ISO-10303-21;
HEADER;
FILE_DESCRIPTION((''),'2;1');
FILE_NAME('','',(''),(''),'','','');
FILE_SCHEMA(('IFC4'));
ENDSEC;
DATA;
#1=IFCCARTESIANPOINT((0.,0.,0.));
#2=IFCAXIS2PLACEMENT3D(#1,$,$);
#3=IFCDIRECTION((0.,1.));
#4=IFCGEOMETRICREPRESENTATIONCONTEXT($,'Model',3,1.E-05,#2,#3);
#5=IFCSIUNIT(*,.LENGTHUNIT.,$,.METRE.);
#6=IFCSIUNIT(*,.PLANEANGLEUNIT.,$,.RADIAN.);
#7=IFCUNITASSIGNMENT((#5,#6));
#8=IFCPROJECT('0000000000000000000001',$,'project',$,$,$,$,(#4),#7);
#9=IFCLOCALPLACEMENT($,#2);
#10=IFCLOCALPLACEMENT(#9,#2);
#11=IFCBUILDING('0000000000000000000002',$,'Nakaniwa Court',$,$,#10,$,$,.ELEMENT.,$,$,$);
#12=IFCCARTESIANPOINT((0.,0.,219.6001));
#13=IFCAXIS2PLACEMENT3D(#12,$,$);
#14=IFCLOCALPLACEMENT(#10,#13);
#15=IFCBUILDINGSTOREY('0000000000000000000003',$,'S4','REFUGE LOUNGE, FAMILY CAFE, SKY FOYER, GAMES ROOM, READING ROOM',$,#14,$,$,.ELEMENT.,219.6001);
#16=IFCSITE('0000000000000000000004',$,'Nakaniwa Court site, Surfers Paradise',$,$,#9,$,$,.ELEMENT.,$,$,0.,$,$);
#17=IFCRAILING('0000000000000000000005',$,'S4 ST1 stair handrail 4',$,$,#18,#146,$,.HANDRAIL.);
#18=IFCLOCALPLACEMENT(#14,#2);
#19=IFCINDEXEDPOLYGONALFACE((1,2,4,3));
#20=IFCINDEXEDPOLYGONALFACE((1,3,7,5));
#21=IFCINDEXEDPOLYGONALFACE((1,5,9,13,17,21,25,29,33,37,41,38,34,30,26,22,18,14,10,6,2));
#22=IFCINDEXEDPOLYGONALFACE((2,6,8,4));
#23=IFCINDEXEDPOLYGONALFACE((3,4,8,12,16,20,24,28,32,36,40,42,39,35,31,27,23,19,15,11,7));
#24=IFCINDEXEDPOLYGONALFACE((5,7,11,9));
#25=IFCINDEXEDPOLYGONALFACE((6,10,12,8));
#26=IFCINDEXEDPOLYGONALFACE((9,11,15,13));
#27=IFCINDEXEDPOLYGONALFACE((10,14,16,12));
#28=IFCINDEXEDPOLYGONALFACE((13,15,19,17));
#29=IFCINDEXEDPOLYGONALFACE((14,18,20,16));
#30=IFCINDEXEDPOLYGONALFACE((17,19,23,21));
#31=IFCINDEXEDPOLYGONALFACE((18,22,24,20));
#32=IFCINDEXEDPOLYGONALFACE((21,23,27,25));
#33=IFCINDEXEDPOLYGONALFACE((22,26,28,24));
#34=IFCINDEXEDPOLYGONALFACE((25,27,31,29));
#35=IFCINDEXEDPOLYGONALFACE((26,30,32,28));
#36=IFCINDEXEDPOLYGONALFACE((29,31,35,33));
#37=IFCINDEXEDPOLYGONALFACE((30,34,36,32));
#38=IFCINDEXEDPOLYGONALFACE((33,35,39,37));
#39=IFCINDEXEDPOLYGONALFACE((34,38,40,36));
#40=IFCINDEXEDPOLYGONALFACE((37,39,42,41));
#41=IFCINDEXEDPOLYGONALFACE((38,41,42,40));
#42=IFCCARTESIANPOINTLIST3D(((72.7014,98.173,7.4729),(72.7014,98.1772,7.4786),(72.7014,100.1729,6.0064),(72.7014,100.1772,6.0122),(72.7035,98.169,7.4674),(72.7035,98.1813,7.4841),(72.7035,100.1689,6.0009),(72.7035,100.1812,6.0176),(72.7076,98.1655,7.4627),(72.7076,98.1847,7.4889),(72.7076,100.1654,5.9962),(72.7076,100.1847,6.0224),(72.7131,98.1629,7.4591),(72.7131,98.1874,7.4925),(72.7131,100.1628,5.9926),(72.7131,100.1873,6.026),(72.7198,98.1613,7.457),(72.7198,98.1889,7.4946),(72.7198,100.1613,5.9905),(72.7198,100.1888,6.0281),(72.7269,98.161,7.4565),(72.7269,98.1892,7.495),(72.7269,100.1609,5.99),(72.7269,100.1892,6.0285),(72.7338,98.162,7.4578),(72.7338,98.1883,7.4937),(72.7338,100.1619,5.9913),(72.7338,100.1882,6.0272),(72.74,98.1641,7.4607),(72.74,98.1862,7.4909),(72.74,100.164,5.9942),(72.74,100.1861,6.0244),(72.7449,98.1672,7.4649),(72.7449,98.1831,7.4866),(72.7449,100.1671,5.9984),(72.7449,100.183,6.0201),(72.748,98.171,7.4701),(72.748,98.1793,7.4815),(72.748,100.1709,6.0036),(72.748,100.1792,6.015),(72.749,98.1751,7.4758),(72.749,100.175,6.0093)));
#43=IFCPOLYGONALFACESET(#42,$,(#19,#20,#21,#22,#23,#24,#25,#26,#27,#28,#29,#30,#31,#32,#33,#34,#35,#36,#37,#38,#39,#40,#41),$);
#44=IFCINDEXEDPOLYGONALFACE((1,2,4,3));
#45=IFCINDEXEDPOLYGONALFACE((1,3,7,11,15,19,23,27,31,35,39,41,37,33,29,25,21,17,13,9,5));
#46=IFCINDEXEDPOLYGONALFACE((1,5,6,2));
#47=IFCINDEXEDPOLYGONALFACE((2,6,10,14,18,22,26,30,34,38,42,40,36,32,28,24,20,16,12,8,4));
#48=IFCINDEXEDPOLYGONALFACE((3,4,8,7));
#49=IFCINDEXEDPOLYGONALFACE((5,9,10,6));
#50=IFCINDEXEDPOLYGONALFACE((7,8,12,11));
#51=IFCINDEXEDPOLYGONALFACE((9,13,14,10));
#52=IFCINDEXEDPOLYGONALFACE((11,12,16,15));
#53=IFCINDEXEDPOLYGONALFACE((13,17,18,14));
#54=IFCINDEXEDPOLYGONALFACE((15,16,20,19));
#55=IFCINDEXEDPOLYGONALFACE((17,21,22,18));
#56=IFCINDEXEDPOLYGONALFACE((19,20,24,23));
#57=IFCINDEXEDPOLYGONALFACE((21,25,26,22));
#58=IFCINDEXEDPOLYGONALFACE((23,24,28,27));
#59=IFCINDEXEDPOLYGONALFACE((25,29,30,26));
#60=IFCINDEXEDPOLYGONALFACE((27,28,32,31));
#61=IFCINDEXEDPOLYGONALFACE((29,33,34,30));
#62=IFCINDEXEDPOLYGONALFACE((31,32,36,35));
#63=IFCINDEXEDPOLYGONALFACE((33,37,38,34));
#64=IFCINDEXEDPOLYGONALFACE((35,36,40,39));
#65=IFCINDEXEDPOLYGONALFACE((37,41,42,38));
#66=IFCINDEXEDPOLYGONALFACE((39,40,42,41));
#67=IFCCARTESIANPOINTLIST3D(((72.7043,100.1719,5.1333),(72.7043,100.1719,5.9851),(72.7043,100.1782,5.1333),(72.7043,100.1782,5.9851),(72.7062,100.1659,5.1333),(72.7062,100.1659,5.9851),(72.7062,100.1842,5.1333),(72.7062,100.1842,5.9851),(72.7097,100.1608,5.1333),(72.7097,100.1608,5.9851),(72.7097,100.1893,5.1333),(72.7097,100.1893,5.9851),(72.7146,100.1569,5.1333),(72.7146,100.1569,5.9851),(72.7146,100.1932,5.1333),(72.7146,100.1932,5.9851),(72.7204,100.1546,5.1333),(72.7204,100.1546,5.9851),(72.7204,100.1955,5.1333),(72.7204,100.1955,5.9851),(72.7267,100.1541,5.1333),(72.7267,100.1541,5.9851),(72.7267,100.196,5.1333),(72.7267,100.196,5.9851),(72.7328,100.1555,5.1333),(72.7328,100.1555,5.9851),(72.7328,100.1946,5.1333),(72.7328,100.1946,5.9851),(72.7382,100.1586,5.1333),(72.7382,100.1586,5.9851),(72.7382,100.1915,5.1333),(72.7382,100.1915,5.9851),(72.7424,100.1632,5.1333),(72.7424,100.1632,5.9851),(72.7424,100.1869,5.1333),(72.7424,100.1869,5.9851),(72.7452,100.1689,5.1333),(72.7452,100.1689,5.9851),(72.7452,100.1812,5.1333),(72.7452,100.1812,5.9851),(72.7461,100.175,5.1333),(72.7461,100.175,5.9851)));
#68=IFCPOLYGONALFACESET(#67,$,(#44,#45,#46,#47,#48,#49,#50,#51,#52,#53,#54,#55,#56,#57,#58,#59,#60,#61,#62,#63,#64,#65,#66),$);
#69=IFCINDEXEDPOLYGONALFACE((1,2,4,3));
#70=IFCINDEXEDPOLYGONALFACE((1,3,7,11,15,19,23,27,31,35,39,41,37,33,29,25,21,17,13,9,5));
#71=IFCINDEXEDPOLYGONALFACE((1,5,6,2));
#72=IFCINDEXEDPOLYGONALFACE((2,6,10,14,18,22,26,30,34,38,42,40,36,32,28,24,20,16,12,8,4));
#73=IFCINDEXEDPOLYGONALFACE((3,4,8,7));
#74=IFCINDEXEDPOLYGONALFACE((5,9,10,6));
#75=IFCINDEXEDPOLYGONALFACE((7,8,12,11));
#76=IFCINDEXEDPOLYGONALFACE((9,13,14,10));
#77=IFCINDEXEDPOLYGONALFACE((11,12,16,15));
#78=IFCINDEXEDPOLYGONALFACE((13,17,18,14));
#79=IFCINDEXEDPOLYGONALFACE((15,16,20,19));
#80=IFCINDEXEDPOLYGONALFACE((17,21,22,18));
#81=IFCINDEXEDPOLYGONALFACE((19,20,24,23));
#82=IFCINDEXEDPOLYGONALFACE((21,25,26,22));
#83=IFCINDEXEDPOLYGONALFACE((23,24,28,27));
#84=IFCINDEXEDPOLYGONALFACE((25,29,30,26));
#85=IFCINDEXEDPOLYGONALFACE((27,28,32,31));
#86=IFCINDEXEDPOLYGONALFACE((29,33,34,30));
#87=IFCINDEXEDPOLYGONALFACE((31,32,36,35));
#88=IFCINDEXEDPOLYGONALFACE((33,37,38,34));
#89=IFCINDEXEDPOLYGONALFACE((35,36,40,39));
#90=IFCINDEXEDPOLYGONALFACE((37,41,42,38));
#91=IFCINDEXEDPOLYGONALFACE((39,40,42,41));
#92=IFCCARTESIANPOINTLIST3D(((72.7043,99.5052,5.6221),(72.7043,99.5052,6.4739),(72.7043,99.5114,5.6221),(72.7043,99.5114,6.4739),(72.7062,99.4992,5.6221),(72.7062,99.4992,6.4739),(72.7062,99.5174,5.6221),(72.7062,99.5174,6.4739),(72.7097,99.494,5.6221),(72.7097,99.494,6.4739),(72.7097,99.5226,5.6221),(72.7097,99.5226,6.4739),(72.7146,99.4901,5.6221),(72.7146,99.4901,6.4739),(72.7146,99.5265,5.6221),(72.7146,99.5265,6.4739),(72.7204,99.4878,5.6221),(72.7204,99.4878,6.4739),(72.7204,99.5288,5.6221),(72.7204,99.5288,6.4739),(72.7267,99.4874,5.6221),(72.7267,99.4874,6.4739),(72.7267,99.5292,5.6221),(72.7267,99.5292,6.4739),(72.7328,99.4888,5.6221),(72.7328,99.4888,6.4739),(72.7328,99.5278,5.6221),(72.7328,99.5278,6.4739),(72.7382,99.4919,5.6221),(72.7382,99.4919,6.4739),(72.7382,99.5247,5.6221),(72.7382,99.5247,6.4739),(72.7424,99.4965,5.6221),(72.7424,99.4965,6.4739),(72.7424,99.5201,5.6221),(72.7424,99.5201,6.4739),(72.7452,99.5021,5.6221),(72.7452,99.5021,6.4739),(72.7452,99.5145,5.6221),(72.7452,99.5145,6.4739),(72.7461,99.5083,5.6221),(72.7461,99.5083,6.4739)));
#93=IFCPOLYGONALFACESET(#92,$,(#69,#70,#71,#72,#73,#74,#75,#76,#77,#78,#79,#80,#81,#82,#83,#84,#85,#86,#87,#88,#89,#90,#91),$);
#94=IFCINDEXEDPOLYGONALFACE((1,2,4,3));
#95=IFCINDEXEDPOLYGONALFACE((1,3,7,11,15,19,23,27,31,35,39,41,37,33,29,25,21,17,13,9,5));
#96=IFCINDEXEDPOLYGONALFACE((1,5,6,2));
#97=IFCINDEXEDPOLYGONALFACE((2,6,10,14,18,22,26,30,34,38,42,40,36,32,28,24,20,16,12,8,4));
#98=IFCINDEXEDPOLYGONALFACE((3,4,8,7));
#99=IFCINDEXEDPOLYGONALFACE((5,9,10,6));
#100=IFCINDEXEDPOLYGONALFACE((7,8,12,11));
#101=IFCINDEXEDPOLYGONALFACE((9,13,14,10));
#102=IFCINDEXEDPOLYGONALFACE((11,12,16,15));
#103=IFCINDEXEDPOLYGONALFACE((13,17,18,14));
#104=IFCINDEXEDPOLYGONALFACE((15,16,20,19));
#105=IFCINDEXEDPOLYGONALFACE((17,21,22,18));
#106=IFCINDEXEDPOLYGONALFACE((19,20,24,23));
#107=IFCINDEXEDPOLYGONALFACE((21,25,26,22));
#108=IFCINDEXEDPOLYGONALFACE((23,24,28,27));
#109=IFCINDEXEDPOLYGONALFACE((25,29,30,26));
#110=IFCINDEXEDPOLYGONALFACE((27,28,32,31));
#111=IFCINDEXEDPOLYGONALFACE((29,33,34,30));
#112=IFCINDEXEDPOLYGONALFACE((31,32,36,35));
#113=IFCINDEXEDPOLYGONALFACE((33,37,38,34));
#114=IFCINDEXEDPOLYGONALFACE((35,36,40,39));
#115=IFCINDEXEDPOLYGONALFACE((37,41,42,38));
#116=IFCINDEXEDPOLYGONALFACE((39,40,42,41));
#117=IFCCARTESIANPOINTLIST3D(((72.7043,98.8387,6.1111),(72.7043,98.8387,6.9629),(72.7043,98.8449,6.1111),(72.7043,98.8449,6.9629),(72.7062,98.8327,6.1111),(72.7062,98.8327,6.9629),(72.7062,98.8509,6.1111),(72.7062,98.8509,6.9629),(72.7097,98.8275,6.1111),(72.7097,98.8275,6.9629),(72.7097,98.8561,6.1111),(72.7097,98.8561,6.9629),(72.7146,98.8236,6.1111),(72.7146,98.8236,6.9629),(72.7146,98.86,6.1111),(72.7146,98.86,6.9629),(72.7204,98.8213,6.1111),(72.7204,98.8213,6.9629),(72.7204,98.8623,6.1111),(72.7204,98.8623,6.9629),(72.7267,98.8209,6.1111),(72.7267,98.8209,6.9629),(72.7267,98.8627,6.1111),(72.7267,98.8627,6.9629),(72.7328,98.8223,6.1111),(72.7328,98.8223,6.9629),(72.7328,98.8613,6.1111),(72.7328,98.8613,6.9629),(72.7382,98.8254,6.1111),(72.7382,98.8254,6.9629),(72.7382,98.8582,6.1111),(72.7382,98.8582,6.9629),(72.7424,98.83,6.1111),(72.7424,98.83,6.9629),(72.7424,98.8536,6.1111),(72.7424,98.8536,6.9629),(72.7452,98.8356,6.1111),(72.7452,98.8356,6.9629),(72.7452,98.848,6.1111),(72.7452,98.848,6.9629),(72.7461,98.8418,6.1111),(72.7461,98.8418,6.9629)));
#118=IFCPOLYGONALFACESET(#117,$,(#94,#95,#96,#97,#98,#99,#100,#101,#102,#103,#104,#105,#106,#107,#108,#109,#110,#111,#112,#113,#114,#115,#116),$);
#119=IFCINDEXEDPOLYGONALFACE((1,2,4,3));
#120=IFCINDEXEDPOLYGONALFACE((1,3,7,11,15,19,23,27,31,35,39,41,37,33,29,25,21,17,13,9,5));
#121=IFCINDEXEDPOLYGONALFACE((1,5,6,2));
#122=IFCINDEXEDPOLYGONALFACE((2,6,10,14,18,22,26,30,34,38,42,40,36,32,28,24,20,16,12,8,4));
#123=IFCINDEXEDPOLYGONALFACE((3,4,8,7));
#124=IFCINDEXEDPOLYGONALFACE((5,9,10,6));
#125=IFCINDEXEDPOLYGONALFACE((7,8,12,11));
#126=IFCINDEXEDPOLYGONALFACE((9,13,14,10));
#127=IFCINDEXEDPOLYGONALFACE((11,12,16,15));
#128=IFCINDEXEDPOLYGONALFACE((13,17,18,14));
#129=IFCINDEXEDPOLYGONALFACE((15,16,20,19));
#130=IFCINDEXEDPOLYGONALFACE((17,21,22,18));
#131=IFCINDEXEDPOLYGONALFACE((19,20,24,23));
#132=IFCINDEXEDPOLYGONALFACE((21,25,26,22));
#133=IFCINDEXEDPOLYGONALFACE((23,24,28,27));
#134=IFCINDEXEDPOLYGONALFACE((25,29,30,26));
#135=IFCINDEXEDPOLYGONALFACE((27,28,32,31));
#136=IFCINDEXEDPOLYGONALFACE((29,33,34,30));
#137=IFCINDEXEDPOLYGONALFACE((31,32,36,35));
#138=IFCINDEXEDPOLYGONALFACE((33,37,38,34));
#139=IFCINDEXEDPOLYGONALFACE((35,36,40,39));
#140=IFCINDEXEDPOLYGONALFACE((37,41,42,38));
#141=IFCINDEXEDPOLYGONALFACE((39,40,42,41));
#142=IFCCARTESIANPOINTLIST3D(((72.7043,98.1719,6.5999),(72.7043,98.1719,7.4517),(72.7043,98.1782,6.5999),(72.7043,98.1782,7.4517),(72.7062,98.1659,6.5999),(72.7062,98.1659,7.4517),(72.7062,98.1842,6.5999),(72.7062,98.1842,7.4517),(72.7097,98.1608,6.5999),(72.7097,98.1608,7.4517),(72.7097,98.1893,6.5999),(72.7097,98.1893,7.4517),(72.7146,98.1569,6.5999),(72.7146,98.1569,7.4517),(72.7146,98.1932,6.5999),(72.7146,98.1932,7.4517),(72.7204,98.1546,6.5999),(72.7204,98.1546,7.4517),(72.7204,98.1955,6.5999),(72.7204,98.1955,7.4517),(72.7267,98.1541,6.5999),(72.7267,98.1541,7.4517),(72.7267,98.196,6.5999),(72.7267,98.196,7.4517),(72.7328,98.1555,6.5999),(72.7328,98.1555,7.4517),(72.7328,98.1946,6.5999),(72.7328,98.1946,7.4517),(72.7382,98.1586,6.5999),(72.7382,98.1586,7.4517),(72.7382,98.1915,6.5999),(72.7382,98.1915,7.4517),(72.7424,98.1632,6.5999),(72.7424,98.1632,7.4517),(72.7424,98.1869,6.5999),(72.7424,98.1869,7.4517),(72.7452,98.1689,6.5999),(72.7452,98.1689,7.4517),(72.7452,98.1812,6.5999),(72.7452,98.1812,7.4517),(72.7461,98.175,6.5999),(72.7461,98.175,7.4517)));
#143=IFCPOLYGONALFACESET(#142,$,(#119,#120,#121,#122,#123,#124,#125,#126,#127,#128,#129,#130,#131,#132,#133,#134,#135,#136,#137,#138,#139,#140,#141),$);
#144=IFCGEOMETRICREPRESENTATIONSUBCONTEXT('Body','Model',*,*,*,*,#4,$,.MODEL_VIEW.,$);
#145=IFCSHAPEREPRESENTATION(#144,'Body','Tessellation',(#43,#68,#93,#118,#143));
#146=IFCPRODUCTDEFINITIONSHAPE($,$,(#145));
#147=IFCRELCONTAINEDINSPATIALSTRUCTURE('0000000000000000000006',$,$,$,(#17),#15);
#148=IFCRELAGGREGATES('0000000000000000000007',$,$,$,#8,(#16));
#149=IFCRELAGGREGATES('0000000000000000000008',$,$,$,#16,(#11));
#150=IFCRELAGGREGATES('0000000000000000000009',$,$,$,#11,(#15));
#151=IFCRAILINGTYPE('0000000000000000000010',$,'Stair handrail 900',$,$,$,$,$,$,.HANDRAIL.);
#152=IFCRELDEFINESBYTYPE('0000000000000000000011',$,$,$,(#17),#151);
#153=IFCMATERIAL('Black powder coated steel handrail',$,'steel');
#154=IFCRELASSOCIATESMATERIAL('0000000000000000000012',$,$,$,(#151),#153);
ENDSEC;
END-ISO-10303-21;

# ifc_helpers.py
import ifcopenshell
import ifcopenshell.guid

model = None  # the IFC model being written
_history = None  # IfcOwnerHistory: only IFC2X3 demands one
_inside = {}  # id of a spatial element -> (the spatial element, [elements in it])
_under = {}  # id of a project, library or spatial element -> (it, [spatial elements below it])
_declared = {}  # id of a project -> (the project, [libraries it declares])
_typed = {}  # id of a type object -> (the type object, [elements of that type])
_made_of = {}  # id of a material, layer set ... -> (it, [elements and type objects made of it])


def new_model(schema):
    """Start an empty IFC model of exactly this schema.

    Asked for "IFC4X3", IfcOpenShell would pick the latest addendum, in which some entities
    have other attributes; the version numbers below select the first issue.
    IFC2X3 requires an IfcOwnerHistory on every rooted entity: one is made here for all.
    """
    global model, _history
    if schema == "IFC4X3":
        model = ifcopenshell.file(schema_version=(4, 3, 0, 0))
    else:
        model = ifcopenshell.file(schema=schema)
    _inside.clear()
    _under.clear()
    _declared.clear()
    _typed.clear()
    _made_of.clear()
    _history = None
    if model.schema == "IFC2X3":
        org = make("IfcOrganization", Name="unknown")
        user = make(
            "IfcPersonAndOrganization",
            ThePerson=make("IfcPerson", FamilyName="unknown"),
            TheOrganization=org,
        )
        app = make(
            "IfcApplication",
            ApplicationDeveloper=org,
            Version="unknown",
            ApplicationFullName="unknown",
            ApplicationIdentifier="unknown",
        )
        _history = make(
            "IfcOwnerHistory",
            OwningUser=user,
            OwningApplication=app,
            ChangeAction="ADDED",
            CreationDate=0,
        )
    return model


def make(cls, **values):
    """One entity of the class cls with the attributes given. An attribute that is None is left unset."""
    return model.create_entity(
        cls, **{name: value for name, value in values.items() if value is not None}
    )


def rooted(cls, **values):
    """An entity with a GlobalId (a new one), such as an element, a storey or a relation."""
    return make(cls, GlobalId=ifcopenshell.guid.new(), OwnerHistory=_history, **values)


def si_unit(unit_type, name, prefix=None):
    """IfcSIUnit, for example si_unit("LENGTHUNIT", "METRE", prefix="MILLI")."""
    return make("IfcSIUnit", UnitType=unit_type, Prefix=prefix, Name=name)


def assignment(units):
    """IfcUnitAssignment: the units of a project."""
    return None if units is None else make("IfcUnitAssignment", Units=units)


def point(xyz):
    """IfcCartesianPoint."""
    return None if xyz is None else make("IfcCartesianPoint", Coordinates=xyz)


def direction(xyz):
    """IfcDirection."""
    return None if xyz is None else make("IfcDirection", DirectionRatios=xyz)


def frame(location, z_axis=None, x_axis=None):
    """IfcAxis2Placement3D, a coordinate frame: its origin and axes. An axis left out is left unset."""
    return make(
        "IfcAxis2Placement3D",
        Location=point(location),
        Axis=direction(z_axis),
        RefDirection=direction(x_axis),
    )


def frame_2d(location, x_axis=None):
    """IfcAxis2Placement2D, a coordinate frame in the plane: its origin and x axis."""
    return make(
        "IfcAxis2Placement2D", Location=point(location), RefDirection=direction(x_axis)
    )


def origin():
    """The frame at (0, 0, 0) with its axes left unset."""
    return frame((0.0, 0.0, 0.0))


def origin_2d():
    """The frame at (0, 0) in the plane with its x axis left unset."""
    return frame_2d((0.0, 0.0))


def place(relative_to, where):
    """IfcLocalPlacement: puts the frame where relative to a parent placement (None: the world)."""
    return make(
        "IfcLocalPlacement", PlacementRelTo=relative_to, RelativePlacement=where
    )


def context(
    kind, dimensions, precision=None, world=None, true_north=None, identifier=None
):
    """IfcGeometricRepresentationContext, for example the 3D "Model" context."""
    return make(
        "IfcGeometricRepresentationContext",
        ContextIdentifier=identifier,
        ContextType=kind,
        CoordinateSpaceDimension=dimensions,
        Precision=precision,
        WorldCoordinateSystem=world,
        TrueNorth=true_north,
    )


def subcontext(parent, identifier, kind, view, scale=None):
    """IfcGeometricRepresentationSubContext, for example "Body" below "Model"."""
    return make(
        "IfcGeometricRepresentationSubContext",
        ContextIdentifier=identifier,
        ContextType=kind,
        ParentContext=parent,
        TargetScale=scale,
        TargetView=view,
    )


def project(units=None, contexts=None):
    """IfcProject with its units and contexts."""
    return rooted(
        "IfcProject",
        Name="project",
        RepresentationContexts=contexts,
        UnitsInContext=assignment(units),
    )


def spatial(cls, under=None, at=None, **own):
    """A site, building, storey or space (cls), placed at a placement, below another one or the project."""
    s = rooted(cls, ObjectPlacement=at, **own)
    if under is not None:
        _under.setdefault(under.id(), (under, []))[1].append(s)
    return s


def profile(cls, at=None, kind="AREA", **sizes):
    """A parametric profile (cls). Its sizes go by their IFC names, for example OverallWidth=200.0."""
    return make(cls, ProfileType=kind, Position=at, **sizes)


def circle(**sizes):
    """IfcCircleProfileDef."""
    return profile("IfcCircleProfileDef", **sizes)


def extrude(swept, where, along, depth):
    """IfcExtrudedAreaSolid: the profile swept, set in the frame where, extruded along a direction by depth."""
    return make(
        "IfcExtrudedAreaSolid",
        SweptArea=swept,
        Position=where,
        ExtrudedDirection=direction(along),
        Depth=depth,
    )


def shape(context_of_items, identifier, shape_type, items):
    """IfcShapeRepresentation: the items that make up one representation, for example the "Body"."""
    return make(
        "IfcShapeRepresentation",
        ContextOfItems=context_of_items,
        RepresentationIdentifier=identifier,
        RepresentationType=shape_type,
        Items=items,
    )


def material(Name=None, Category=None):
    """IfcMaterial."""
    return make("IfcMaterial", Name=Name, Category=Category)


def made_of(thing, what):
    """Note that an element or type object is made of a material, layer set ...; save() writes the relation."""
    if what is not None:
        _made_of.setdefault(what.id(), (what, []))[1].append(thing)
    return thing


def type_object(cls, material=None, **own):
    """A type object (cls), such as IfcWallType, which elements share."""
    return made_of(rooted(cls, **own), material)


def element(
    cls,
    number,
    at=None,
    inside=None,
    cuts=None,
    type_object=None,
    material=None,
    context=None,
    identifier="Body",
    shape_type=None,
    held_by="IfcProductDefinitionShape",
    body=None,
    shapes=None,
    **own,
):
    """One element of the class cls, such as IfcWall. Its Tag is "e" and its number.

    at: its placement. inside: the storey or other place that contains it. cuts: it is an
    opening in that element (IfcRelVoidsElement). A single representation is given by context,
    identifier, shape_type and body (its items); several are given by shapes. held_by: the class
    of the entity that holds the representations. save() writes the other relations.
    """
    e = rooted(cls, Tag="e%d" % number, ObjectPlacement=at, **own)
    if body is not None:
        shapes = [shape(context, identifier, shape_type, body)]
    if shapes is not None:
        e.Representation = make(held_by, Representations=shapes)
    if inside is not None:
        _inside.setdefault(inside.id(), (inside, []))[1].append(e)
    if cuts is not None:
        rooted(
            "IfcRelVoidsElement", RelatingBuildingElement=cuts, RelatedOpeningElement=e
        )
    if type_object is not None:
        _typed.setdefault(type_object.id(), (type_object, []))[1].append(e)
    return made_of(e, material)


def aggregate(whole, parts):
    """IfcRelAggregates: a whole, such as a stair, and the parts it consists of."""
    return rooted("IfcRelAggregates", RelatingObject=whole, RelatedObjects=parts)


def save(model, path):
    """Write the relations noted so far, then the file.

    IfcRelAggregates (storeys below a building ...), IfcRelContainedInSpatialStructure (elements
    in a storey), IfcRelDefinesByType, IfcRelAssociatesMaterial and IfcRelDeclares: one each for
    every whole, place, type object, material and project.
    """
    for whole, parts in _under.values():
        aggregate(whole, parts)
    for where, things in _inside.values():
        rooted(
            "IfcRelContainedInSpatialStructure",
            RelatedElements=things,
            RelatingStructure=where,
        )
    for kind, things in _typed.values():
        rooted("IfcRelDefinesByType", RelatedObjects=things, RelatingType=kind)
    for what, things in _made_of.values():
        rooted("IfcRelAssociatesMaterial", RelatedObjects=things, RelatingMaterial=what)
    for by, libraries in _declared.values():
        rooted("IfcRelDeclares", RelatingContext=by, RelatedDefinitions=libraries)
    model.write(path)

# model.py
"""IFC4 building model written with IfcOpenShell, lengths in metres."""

from ifc_helpers import new_model, si_unit, direction, frame, origin, origin_2d, place, context, subcontext, project, spatial, circle, extrude, material, type_object, element, save


model = new_model("IFC4")

# Units and contexts
model_context = context("Model", 3, precision=1e-05, world=origin(), true_north=direction((0.0, 1.0)))
body_context = subcontext(model_context, "Body", "Model", "MODEL_VIEW")
ifc_project = project(units=[si_unit("LENGTHUNIT", "METRE"), si_unit("PLANEANGLEUNIT", "RADIAN")], contexts=[model_context])

# Site, building, storey
site_placement = place(None, origin())
site = spatial("IfcSite", under=ifc_project, at=site_placement, Name="Nakaniwa Court site, Surfers Paradise", CompositionType="ELEMENT", RefElevation=0.0)
building_placement = place(site_placement, origin())
building = spatial("IfcBuilding", under=site, at=building_placement, Name="Nakaniwa Court", CompositionType="ELEMENT")
storey_placement = place(building_placement, frame((0.0, 0.0, 219.6001)))
storey = spatial("IfcBuildingStorey", under=building, at=storey_placement, Name="S4", Description="REFUGE LOUNGE, FAMILY CAFE, SKY FOYER, GAMES ROOM, READING ROOM", CompositionType="ELEMENT", Elevation=219.6001)

# Railing
ifc_material_1 = material(Name="Black powder coated steel handrail", Category="steel")
railing_type_1 = type_object("IfcRailingType", Name="Stair handrail 900", PredefinedType="HANDRAIL", material=ifc_material_1)
railing_1_placement = place(storey_placement, frame((72.7251, 100.175, 5.1333)))
element("IfcRailing", 1, at=railing_1_placement, inside=storey, type_object=railing_type_1, Name="S4 ST1 stair handrail 4", PredefinedType="HANDRAIL", context=body_context, shape_type="SweptSolid", body=[
    extrude(circle(Radius=0.0239, at=origin_2d()), frame((0.0, 0.0, 0.876), z_axis=(0.0, -0.806427, 0.591334), x_axis=(1.0, 0.0, 0.0)), (0.0, 0.0, 1.0), 2.48),
    extrude(circle(Radius=0.021, at=origin_2d()), origin(), (0.0, 0.0, 1.0), 0.8518),
    extrude(circle(Radius=0.021, at=origin_2d()), frame((0.0, -0.6667, 0.4888)), (0.0, 0.0, 1.0), 0.8518),
    extrude(circle(Radius=0.021, at=origin_2d()), frame((0.0, -1.3333, 0.9778)), (0.0, 0.0, 1.0), 0.8518),
    extrude(circle(Radius=0.021, at=origin_2d()), frame((0.0, -2.0, 1.4666)), (0.0, 0.0, 1.0), 0.8518),
])

save(model, "model.ifc")
